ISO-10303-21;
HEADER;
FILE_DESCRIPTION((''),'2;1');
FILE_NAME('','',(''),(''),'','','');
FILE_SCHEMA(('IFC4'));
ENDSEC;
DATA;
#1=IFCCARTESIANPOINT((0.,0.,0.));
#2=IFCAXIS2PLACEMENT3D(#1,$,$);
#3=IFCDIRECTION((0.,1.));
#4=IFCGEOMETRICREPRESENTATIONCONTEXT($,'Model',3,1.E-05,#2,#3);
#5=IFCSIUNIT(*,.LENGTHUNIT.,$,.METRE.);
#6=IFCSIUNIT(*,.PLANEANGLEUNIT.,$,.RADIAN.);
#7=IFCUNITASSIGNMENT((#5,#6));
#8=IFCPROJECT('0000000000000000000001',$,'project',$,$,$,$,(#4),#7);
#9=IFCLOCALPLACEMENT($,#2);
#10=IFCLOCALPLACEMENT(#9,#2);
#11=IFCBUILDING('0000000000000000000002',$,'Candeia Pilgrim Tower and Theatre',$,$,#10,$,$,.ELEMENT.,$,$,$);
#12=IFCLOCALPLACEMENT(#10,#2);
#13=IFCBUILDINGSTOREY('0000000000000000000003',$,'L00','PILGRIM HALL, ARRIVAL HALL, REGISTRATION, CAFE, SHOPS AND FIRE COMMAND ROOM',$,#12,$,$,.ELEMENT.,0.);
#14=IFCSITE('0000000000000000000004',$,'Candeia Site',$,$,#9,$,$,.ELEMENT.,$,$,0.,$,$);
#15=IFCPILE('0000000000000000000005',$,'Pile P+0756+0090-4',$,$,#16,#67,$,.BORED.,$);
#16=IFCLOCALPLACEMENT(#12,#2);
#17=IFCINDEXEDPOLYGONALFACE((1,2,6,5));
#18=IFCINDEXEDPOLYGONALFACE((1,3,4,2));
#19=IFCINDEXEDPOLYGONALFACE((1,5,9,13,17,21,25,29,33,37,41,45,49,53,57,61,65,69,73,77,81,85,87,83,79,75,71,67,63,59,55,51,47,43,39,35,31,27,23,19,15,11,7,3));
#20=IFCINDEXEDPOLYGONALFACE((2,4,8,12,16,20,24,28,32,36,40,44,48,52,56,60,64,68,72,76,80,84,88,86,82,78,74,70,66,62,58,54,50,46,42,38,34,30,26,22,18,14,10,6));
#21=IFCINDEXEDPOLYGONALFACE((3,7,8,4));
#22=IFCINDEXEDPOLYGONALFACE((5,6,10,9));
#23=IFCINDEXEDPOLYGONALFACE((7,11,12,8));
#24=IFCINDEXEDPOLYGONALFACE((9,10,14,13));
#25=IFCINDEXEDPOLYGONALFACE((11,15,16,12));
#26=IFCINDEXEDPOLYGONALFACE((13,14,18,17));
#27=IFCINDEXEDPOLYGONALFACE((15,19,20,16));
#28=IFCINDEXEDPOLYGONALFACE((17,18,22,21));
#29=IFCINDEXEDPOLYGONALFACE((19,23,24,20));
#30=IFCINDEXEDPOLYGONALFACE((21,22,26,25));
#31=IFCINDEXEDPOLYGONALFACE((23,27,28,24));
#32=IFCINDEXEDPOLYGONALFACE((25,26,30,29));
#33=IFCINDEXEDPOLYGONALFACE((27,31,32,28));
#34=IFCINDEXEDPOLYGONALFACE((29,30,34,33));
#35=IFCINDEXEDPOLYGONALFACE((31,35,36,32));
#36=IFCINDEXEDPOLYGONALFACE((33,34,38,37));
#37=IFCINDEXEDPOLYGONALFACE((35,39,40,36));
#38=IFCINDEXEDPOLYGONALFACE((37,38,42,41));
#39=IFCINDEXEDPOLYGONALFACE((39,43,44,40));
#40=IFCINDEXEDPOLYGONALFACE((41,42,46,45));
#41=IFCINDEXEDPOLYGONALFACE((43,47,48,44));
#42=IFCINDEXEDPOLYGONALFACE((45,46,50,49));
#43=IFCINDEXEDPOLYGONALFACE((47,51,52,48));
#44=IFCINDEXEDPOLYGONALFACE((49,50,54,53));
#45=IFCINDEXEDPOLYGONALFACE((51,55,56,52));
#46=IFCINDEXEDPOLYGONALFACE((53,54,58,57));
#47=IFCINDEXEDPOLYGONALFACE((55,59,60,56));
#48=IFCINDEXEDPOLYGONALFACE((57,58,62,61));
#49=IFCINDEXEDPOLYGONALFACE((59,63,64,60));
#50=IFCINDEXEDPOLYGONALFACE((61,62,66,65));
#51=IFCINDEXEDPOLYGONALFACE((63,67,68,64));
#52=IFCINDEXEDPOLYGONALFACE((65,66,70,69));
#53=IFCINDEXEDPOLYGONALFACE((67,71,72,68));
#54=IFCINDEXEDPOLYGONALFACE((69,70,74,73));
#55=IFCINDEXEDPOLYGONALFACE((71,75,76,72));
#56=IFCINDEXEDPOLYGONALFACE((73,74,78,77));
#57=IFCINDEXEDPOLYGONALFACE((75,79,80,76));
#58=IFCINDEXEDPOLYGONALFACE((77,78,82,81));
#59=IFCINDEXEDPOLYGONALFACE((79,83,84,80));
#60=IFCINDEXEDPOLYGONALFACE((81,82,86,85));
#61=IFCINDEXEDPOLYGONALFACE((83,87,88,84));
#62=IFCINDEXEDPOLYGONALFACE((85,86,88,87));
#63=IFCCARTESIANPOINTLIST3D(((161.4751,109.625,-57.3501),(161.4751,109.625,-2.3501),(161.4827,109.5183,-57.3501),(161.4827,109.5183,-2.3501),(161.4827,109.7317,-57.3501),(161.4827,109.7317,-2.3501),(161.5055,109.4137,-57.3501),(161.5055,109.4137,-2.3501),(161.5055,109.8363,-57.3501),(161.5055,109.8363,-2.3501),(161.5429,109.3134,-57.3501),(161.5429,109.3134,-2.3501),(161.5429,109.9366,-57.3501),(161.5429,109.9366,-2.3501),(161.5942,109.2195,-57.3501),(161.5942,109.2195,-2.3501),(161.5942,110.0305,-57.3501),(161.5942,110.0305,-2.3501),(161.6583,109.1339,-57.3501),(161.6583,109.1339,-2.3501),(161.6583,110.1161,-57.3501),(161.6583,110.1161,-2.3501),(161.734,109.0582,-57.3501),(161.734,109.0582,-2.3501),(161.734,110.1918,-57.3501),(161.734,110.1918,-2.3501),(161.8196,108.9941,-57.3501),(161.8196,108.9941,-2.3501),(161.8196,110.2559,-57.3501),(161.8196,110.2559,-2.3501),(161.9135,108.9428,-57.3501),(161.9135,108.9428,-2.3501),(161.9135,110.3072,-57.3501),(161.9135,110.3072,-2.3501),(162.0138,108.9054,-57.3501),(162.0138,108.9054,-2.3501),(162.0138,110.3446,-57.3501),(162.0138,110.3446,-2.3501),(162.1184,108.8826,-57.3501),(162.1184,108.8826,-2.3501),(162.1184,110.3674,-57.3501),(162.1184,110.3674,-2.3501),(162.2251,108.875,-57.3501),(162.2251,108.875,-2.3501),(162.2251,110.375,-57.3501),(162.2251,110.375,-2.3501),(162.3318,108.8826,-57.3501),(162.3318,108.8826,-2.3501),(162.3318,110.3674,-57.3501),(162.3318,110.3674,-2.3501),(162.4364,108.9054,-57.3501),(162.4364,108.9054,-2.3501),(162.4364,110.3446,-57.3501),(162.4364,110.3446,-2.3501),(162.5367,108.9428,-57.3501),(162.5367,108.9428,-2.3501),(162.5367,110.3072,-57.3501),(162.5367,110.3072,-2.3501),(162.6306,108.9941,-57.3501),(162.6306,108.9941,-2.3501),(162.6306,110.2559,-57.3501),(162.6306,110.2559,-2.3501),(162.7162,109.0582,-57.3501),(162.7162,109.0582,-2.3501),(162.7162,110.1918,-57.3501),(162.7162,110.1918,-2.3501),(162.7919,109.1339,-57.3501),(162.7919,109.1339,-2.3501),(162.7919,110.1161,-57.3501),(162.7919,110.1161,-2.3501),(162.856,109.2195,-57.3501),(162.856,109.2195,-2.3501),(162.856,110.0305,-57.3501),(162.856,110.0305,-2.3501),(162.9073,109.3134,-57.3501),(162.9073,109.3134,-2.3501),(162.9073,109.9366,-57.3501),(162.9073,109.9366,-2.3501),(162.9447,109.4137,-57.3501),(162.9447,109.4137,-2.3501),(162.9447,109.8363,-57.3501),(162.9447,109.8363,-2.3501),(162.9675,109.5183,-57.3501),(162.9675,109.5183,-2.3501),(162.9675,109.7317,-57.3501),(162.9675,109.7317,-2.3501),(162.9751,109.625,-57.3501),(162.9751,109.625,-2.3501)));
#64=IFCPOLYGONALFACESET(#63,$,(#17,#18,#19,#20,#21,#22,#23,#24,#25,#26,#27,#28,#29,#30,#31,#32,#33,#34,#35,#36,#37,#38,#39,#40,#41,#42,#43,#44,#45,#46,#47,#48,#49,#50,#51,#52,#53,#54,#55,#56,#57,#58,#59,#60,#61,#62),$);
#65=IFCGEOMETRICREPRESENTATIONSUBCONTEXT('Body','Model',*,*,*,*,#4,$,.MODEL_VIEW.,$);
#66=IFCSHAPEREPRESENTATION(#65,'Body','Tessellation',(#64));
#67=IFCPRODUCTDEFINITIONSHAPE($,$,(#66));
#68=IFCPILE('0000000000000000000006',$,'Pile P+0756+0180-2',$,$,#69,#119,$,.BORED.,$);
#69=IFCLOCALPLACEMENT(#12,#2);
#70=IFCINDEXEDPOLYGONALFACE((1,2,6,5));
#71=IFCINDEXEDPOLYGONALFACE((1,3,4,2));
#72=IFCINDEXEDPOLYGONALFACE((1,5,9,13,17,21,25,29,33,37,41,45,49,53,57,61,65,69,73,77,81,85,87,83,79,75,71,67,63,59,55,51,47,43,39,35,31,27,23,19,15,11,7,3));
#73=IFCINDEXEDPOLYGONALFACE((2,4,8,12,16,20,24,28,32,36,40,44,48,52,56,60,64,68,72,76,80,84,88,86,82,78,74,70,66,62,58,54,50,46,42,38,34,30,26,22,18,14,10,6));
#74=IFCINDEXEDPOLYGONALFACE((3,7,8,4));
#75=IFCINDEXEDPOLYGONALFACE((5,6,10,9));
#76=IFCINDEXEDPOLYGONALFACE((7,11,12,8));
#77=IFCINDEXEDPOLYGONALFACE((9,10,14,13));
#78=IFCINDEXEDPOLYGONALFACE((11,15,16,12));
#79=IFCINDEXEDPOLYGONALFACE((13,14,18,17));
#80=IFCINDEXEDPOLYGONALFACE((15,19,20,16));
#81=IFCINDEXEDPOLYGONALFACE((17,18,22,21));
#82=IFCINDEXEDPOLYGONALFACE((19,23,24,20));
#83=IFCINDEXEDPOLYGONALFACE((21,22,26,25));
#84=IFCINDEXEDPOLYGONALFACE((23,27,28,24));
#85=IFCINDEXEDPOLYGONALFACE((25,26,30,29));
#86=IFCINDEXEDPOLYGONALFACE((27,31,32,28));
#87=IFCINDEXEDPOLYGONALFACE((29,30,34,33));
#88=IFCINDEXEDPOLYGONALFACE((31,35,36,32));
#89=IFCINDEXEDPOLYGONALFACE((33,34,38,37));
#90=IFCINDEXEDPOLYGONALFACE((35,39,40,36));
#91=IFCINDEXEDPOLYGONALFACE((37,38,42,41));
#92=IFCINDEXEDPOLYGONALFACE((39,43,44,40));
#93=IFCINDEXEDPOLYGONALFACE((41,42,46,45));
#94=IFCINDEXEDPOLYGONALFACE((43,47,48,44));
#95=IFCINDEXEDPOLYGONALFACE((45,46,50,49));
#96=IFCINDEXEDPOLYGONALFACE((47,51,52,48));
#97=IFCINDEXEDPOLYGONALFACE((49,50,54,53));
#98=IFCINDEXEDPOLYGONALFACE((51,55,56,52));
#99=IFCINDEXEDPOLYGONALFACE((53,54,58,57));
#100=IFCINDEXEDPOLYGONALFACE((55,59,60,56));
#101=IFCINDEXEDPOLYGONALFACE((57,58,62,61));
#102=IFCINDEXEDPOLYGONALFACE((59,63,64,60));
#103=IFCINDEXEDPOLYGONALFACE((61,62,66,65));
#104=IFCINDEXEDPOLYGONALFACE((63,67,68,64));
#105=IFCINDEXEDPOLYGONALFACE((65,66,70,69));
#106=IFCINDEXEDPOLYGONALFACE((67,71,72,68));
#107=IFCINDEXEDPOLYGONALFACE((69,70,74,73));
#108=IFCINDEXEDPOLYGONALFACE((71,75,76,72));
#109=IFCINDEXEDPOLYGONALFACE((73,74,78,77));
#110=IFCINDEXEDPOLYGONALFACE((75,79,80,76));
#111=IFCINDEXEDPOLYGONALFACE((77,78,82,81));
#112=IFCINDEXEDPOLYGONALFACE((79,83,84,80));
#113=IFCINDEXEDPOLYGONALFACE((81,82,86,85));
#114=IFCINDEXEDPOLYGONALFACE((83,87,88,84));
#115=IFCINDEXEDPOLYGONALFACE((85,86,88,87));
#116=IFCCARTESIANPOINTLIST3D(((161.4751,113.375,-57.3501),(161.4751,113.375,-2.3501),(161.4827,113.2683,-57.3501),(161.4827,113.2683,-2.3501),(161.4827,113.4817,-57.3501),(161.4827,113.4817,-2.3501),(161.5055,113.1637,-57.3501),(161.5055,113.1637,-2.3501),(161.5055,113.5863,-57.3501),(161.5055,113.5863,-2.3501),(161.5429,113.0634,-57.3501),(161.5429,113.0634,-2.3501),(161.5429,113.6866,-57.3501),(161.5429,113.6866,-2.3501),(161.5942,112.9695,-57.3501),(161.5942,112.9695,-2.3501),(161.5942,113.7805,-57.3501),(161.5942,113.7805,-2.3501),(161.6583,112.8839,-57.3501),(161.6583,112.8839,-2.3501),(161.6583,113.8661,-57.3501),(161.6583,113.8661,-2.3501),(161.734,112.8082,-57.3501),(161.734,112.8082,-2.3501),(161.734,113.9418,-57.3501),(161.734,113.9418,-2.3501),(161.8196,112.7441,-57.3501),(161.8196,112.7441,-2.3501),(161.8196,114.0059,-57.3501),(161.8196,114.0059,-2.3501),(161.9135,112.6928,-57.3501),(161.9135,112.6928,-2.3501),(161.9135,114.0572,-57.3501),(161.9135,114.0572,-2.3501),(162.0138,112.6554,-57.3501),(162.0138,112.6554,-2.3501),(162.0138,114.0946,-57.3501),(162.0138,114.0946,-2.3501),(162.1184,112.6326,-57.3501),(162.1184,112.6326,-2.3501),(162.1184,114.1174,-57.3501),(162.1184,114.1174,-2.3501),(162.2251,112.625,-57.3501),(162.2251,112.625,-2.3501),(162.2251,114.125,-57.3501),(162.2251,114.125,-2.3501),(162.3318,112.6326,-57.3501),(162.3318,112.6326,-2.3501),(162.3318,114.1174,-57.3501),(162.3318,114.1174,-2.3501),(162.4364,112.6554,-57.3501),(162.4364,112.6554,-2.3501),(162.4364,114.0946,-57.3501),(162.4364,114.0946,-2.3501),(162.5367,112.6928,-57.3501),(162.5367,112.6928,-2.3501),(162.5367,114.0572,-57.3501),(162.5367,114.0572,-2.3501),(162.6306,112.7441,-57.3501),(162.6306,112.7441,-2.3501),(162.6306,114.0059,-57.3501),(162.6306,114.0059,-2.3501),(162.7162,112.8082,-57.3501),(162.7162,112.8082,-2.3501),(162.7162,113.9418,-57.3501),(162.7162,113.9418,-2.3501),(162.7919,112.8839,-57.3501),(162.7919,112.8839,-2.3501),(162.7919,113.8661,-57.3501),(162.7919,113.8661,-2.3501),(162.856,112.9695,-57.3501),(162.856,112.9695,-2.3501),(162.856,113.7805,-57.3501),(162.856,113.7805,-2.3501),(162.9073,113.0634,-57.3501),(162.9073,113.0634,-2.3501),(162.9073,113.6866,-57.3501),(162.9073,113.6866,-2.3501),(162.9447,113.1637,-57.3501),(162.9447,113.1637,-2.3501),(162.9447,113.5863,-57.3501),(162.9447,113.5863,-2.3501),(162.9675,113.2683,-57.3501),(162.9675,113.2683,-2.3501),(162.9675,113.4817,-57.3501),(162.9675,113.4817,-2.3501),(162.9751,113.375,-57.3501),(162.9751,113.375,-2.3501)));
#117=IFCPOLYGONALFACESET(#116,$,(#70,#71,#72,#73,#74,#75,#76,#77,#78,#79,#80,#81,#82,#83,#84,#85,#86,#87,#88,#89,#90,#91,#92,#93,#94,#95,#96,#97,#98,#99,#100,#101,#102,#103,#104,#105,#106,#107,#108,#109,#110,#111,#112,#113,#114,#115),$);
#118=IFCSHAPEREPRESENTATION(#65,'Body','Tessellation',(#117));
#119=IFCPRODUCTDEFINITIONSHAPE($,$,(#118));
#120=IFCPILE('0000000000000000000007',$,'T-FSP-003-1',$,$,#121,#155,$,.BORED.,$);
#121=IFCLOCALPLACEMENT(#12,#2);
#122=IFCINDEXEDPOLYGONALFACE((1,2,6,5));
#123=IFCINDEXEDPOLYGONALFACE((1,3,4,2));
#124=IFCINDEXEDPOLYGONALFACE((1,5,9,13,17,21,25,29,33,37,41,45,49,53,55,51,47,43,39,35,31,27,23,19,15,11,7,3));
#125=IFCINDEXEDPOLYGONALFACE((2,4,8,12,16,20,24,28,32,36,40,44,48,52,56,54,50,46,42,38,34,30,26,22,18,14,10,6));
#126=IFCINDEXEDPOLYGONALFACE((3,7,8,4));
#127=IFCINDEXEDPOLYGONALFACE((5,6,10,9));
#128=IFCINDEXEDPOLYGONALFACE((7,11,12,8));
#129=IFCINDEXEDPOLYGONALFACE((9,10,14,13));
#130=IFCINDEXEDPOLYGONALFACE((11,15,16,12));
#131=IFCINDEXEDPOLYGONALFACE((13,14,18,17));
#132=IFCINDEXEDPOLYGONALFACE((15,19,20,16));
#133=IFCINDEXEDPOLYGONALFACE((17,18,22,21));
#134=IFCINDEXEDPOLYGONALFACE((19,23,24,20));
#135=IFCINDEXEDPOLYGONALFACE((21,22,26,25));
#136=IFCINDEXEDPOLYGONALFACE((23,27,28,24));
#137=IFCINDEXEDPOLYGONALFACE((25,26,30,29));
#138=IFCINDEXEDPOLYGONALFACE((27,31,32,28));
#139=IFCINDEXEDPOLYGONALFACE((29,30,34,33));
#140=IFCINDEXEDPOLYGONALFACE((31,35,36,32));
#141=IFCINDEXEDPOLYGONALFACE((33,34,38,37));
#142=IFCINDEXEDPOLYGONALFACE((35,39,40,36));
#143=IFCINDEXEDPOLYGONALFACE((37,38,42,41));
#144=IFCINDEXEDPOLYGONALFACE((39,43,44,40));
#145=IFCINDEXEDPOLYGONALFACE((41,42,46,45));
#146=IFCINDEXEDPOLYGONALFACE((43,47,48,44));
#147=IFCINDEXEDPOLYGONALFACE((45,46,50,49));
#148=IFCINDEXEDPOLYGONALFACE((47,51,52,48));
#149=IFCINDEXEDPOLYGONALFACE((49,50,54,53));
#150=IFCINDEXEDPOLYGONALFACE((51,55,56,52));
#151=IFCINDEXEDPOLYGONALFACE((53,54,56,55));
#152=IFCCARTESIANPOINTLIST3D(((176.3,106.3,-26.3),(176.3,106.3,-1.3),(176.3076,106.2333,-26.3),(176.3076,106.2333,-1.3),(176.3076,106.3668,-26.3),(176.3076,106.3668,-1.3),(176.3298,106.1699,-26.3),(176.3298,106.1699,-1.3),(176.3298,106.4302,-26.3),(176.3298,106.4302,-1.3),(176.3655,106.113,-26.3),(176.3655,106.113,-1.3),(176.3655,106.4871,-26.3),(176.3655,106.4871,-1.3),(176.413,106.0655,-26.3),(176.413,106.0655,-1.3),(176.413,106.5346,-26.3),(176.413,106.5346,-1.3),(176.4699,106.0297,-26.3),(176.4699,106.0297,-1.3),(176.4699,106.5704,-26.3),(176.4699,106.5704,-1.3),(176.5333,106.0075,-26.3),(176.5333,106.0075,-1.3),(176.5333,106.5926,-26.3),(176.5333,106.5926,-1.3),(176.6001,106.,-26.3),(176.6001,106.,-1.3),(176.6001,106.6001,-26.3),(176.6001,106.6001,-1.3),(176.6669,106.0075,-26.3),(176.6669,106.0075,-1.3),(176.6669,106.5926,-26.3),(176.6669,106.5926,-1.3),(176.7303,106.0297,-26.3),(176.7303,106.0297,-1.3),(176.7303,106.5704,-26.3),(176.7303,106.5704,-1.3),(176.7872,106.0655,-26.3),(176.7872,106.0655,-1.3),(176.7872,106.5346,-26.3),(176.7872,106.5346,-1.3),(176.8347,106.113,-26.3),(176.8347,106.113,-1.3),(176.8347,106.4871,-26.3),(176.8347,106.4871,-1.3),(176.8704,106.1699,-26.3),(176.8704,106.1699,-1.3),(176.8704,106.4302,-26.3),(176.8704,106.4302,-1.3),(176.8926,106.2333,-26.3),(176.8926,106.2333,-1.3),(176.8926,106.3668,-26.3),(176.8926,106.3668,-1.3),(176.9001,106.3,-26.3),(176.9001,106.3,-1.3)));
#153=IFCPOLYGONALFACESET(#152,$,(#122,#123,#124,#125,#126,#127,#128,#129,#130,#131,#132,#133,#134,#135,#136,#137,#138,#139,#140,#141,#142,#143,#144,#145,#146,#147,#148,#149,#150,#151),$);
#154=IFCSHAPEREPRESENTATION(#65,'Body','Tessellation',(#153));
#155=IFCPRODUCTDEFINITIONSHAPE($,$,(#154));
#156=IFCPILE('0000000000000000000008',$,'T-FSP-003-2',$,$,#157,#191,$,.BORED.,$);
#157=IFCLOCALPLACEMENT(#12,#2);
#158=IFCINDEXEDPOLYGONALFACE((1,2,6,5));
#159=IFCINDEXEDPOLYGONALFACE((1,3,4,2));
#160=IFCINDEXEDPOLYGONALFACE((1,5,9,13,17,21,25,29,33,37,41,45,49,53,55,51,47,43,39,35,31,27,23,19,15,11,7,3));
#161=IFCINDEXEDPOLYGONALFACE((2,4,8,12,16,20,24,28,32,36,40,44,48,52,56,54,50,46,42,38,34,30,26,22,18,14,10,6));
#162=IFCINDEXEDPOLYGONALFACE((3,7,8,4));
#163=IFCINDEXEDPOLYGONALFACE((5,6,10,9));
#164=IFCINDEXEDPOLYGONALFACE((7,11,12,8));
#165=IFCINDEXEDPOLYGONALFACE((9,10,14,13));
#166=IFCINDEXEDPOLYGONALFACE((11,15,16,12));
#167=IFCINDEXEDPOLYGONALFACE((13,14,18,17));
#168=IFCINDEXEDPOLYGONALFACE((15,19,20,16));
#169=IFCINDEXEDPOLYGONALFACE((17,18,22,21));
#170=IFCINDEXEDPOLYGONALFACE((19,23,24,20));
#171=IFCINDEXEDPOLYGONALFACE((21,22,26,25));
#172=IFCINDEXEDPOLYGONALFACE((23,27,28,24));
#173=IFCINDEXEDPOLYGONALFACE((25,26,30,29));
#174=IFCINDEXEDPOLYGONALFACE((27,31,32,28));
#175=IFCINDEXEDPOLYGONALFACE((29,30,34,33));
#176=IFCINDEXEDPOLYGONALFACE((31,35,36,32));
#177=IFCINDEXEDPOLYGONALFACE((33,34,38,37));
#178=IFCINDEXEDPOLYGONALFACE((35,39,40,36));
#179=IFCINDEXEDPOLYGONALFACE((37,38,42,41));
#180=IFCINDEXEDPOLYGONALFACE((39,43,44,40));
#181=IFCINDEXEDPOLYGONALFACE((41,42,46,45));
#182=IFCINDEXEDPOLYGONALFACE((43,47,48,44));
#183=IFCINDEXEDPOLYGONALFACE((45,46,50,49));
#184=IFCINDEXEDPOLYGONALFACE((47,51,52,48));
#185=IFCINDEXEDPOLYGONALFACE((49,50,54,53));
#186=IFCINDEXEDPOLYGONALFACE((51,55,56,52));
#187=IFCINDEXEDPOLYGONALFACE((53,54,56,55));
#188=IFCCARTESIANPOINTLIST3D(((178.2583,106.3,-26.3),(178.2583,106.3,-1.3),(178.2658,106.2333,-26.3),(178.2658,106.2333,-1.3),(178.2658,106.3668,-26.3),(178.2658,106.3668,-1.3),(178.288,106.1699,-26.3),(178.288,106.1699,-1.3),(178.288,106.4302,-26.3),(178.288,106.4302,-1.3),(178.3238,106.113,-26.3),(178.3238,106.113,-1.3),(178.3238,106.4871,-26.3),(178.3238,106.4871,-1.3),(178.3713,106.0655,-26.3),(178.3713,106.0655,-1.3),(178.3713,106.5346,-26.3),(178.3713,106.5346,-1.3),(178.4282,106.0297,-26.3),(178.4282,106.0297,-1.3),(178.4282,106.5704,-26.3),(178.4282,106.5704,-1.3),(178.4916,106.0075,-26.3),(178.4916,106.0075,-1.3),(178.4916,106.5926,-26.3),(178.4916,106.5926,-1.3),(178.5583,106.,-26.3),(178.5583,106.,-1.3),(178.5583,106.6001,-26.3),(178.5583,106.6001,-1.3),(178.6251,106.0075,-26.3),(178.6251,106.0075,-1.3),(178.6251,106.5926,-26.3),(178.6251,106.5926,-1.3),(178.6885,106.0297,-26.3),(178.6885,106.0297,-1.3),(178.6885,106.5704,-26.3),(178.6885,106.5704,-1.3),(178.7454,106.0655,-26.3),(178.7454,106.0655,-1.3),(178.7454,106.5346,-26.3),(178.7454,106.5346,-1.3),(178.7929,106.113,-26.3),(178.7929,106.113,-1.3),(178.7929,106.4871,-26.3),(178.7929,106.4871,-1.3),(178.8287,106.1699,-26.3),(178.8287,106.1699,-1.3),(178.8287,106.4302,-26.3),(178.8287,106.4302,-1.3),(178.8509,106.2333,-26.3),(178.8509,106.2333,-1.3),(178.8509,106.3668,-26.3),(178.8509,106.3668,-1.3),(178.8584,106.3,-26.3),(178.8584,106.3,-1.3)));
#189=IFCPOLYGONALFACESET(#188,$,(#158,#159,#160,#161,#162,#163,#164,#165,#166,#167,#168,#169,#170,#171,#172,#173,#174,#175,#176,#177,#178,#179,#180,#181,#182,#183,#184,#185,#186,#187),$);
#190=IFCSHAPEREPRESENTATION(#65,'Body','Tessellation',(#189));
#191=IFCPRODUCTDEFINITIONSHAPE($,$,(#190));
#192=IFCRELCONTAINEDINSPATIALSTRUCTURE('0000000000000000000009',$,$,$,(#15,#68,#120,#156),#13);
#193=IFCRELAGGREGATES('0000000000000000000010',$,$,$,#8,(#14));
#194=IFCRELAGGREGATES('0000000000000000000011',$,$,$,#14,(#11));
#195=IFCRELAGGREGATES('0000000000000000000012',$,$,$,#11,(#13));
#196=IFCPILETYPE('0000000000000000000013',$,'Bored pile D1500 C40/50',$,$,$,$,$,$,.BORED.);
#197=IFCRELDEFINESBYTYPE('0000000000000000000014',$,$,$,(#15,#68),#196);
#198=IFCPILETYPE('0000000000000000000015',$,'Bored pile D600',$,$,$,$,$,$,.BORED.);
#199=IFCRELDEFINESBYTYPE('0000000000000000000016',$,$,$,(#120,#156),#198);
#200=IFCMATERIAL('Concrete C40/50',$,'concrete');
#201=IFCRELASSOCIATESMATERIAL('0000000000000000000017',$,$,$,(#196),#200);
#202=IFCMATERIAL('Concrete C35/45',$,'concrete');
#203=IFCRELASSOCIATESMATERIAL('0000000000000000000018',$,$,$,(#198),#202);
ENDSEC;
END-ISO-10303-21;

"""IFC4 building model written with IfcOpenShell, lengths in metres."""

from ifc_helpers import new_model, si_unit, direction, frame, origin, origin_2d, place, context, subcontext, project, spatial, circle, extrude, material, material_profile, profile_set, type_object, element, save


model = new_model("IFC4")

# Units and contexts
model_context = context("Model", 3, precision=1e-05, world=origin(), true_north=direction((0.0, 1.0)))
body_context = subcontext(model_context, "Body", "Model", "MODEL_VIEW")
ifc_project = project(units=[si_unit("LENGTHUNIT", "METRE"), si_unit("PLANEANGLEUNIT", "RADIAN")], contexts=[model_context])

# Site, building, storey
site_placement = place(None, origin())
site = spatial("IfcSite", under=ifc_project, at=site_placement, Name="Candeia Site", CompositionType="ELEMENT", RefElevation=0.0)
building_placement = place(site_placement, origin())
building = spatial("IfcBuilding", under=site, at=building_placement, Name="Candeia Pilgrim Tower and Theatre", CompositionType="ELEMENT")
storey_placement = place(building_placement, origin())
storey = spatial("IfcBuildingStorey", under=building, at=storey_placement, Name="L00", Description="PILGRIM HALL, ARRIVAL HALL, REGISTRATION, CAFE, SHOPS AND FIRE COMMAND ROOM", CompositionType="ELEMENT", Elevation=0.0)

# Piles
ifc_material_1 = material(Name="Concrete C40/50", Category="concrete")
ifc_material_profile_1 = material_profile(ifc_material_1, circle(Radius=0.75, at=origin_2d()))
ifc_profile_set_1 = profile_set([ifc_material_profile_1], Name="Concrete C40/50")
pile_type_1 = type_object("IfcPileType", Name="Bored pile D1500 C40/50", PredefinedType="BORED", material=ifc_profile_set_1)
for number, where, z_axis, x_axis, name in (
    (1, (162.2251, 109.625, -2.3501), (0.0, 0.0, -1.0), (1.0, 0.0, 0.0), "Pile P+0756+0090-4"),
    (2, (162.2251, 113.375, -2.3501), (0.0, 0.0, -1.0), (1.0, 0.0, 0.0), "Pile P+0756+0180-2"),
):
    element("IfcPile", number, at=place(storey_placement, frame(where, z_axis=z_axis, x_axis=x_axis)), inside=storey, type_object=pile_type_1, Name=name, PredefinedType="BORED", context=body_context, shape_type="SweptSolid", body=[
        extrude(circle(Radius=0.75, at=origin_2d()), origin(), (0.0, 0.0, 1.0), 55.0),
    ])
ifc_material_2 = material(Name="Concrete C35/45", Category="concrete")
pile_type_2 = type_object("IfcPileType", Name="Bored pile D600", PredefinedType="BORED", material=ifc_material_2)
for number, where, z_axis, x_axis, name in (
    (3, (176.6001, 106.3, -1.3), (0.0, 0.0, -1.0), (1.0, 0.0, 0.0), "T-FSP-003-1"),
    (4, (178.5583, 106.3, -1.3), (0.0, 0.0, -1.0), (1.0, 0.0, 0.0), "T-FSP-003-2"),
):
    element("IfcPile", number, at=place(storey_placement, frame(where, z_axis=z_axis, x_axis=x_axis)), inside=storey, type_object=pile_type_2, Name=name, PredefinedType="BORED", context=body_context, shape_type="SweptSolid", body=[
        extrude(circle(Radius=0.3, at=origin_2d()), origin(), (0.0, 0.0, 1.0), 25.0),
    ])

save(model, "model.ifc")
